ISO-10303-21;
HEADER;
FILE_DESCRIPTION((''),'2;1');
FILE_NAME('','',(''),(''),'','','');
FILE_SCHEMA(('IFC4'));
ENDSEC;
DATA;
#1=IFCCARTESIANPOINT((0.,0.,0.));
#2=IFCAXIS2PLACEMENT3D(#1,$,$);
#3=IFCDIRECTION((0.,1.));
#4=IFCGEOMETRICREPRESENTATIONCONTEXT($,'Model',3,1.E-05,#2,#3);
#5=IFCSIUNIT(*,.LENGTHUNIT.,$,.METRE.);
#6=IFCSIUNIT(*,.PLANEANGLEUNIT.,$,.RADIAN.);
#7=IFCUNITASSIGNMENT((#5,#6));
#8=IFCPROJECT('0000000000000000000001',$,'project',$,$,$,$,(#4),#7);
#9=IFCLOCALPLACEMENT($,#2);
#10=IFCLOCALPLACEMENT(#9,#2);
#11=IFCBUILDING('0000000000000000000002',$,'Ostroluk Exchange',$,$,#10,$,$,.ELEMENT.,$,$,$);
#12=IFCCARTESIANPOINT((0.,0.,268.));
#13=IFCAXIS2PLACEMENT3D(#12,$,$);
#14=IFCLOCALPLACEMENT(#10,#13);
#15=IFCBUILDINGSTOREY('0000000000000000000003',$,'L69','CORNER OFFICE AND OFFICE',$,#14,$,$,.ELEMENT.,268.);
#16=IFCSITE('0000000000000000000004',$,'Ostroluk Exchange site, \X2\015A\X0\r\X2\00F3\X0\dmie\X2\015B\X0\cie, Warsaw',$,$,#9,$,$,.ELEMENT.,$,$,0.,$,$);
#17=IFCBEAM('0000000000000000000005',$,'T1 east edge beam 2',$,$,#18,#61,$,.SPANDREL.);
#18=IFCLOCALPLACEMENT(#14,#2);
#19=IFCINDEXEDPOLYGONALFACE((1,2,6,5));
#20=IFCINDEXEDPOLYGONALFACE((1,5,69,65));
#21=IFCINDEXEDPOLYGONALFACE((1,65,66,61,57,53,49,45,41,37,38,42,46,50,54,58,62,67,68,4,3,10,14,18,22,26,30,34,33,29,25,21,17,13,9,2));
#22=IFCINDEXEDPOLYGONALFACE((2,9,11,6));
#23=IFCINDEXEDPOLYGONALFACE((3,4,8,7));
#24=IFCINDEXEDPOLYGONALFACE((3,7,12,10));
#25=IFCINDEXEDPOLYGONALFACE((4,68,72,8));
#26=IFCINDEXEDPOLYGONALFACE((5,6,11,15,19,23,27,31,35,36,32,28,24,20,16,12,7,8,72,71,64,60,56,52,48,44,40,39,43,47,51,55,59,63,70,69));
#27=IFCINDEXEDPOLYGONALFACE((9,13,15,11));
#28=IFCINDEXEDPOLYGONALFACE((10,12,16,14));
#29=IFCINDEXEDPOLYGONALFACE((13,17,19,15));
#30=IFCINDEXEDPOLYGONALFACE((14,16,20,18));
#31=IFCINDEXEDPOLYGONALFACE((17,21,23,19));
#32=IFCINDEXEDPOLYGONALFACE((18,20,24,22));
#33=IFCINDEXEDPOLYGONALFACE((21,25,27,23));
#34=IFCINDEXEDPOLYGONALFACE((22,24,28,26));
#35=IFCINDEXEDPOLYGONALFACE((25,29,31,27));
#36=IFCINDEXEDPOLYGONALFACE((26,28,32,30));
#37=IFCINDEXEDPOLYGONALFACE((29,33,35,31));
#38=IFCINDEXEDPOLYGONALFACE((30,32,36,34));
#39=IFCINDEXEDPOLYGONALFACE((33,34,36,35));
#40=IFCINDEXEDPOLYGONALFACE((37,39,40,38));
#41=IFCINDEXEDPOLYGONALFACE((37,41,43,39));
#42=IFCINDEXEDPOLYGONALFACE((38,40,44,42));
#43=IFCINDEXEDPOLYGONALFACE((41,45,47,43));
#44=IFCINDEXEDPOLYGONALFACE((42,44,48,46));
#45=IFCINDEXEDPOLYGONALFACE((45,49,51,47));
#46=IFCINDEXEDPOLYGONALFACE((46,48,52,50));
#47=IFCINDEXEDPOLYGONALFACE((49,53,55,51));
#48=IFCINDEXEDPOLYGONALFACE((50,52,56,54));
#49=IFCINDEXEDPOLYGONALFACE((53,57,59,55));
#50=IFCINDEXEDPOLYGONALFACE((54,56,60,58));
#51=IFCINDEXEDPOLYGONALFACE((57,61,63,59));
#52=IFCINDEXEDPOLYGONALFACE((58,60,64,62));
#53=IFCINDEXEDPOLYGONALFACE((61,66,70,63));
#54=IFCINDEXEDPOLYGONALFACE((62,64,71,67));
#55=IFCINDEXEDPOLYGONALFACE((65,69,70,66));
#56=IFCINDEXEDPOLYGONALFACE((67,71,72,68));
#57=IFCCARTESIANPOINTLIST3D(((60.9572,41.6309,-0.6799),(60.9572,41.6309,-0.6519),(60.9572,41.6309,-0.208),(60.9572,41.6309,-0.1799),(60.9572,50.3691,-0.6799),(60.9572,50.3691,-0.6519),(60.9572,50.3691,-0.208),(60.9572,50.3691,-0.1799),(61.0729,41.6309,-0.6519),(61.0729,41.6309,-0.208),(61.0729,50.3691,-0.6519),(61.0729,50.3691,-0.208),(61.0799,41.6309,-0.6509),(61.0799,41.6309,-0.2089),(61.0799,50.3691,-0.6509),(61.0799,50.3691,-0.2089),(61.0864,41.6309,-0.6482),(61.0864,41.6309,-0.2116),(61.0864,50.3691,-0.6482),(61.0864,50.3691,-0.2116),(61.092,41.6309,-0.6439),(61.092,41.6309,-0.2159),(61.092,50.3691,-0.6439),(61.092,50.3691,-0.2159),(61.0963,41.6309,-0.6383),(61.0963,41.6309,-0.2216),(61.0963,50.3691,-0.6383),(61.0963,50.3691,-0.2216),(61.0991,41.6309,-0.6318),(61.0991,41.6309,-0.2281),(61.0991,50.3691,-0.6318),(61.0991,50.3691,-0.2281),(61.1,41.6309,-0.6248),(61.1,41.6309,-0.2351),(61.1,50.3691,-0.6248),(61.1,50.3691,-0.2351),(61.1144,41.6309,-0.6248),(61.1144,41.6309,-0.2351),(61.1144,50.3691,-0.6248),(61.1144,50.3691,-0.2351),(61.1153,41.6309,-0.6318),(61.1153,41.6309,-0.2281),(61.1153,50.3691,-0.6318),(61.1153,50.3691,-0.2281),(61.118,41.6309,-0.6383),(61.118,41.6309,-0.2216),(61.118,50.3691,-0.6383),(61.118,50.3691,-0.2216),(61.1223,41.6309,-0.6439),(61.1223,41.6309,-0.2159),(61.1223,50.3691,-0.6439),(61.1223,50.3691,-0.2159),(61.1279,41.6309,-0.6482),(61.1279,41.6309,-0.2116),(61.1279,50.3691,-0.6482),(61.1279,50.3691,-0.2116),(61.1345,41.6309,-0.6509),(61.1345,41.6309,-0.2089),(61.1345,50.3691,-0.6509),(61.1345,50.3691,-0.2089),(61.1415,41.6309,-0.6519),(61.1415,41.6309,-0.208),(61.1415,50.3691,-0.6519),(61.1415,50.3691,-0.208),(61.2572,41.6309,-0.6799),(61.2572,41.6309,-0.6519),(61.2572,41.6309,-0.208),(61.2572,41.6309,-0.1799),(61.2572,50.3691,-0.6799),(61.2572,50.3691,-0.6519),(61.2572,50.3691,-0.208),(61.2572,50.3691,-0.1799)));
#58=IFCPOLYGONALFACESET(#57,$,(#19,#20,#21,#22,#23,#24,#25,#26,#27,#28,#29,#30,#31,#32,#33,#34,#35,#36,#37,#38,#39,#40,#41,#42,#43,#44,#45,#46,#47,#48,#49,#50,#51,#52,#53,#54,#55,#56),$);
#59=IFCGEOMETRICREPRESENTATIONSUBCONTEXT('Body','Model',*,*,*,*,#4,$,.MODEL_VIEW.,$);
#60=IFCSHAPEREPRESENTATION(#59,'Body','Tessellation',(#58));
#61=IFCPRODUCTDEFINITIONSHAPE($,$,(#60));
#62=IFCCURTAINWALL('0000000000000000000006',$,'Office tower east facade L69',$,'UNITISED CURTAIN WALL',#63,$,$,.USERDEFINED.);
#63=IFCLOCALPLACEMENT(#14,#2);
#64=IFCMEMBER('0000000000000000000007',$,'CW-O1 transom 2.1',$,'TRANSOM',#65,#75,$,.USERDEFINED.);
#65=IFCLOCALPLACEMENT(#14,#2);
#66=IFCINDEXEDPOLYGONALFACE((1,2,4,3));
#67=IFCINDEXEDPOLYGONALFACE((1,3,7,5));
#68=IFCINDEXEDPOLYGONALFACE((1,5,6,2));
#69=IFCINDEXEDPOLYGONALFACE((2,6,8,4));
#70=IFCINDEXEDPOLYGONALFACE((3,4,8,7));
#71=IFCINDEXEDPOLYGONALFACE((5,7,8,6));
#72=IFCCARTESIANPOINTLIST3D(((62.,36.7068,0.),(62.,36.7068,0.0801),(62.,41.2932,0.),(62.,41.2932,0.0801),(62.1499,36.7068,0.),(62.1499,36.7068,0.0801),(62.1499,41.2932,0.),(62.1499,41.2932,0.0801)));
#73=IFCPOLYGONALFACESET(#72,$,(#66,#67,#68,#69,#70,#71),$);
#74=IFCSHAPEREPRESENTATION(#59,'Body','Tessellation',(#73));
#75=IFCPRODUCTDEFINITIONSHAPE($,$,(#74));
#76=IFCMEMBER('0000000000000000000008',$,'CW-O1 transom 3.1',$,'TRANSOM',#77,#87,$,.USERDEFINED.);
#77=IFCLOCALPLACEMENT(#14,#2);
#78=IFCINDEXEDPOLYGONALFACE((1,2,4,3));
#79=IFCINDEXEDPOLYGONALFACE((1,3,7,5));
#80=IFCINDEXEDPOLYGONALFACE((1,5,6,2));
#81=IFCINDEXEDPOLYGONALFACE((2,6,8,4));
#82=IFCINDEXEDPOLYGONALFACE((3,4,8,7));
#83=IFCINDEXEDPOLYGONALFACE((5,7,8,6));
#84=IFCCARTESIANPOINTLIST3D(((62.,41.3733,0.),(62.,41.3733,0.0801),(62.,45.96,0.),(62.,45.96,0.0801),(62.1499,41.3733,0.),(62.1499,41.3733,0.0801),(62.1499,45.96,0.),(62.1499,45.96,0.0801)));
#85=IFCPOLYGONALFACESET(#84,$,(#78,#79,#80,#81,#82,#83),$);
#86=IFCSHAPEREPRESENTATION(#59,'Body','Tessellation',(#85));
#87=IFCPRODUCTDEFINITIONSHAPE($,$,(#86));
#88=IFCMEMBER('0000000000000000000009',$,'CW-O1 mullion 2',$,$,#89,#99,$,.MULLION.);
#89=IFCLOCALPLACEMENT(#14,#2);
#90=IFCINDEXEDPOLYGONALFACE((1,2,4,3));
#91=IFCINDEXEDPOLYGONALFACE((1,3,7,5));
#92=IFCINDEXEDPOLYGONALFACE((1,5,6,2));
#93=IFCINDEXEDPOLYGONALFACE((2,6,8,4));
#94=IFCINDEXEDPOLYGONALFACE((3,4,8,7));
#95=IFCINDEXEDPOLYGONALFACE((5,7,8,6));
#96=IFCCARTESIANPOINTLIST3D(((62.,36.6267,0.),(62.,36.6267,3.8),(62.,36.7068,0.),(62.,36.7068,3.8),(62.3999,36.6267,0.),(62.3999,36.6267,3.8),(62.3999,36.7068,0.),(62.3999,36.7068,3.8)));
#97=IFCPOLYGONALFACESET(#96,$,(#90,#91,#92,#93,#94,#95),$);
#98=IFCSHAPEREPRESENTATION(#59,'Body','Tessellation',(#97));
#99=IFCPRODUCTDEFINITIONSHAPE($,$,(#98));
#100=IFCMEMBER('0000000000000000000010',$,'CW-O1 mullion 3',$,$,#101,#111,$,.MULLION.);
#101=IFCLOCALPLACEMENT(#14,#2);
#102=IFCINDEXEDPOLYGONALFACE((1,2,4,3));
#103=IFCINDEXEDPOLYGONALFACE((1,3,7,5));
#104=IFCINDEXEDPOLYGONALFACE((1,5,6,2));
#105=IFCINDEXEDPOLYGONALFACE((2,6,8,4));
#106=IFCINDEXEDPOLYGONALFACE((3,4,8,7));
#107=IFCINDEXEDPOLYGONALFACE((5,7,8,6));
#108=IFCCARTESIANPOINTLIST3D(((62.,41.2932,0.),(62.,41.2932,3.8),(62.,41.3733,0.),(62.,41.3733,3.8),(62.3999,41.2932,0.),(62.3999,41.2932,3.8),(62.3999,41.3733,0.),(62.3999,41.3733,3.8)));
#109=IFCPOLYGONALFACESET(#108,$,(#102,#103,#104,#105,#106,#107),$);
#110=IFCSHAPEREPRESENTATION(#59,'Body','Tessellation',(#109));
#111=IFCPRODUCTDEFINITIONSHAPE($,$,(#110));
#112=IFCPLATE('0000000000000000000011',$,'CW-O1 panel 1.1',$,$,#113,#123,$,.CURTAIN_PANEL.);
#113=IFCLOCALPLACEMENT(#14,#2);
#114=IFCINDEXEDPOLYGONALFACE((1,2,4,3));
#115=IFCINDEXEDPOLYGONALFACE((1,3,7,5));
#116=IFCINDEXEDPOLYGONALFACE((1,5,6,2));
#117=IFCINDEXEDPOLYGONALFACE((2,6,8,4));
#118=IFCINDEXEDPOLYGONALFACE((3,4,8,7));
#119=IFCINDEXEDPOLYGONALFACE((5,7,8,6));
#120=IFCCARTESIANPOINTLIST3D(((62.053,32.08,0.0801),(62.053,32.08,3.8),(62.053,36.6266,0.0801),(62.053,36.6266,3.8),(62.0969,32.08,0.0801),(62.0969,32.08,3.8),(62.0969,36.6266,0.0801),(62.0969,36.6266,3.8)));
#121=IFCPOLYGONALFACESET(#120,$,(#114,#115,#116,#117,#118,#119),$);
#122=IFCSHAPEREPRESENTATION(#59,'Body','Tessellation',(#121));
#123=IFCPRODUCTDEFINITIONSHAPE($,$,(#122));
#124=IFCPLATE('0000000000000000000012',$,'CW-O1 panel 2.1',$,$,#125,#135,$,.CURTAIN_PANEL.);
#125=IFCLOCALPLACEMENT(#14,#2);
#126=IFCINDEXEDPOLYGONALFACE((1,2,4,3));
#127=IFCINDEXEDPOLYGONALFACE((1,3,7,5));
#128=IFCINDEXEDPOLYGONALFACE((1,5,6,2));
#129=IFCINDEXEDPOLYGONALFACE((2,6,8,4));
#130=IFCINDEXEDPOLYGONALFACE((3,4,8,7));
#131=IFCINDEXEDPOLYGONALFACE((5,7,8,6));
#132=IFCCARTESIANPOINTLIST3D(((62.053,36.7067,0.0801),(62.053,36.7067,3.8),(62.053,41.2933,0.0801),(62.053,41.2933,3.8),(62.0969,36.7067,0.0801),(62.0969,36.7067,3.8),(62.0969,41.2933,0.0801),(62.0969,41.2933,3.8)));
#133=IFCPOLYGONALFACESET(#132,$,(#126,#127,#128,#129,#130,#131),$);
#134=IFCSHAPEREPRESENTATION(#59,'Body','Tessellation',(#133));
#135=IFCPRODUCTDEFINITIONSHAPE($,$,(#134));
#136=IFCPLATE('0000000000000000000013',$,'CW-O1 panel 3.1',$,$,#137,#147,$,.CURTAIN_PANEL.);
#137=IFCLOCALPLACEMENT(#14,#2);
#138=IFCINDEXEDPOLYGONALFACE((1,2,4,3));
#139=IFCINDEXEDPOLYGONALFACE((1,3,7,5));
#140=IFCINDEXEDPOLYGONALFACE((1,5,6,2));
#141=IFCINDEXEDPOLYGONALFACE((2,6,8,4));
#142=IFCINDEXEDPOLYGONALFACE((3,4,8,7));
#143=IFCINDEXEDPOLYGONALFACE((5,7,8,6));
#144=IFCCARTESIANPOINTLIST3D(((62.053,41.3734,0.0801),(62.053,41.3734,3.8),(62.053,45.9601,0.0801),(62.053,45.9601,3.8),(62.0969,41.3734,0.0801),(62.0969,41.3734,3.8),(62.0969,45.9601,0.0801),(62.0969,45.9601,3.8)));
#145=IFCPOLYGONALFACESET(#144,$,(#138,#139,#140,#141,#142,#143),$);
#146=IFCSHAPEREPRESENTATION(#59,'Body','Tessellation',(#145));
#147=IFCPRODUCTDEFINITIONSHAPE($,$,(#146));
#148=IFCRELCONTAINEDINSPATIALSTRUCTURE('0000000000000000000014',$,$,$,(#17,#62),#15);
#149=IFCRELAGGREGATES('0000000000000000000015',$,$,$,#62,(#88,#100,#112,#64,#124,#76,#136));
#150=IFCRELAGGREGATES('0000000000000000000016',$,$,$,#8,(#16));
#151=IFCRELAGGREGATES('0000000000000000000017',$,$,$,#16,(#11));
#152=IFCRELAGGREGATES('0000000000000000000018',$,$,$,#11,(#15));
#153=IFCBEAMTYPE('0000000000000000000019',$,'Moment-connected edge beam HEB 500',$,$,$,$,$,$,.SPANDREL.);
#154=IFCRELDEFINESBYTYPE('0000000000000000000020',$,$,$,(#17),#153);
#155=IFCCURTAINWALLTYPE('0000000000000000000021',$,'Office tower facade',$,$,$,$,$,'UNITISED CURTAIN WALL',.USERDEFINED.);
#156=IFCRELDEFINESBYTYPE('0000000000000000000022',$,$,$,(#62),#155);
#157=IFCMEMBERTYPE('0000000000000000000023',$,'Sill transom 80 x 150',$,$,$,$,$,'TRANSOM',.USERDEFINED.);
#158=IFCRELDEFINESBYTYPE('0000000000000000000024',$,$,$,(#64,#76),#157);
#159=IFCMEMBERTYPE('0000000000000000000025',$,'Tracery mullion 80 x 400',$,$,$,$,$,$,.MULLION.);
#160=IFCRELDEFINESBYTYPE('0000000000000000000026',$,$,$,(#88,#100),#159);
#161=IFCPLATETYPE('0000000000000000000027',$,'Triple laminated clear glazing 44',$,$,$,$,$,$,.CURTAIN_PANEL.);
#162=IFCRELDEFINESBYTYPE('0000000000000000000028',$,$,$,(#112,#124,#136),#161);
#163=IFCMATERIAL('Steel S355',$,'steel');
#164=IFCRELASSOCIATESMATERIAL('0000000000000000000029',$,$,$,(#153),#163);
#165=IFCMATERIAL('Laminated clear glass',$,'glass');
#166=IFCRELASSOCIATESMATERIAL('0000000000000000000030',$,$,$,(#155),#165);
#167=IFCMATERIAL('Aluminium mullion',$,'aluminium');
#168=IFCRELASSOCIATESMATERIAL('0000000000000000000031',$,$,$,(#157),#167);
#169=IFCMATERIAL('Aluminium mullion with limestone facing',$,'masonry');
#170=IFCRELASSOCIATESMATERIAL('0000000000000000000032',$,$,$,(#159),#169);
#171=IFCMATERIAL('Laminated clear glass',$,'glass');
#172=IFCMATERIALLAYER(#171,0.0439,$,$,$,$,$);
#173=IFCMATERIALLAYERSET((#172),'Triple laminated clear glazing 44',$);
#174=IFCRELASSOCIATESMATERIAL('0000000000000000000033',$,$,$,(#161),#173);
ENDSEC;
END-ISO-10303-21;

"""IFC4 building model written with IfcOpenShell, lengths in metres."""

from ifc_helpers import new_model, si_unit, direction, frame, origin, origin_2d, place, context, subcontext, project, spatial, rectangle, i_section, extrude, material, layer, layer_set, material_profile, profile_set, type_object, element, aggregate, save


model = new_model("IFC4")

# Units and contexts
model_context = context("Model", 3, precision=1e-05, world=origin(), true_north=direction((0.0, 1.0)))
body_context = subcontext(model_context, "Body", "Model", "MODEL_VIEW")
ifc_project = project(units=[si_unit("LENGTHUNIT", "METRE"), si_unit("PLANEANGLEUNIT", "RADIAN")], contexts=[model_context])

# Site, building, storey
site_placement = place(None, origin())
site = spatial("IfcSite", under=ifc_project, at=site_placement, Name="Ostroluk Exchange site, Śródmieście, Warsaw", CompositionType="ELEMENT", RefElevation=0.0)
building_placement = place(site_placement, origin())
building = spatial("IfcBuilding", under=site, at=building_placement, Name="Ostroluk Exchange", CompositionType="ELEMENT")
storey_placement = place(building_placement, frame((0.0, 0.0, 268.0)))
storey = spatial("IfcBuildingStorey", under=building, at=storey_placement, Name="L69", Description="CORNER OFFICE AND OFFICE", CompositionType="ELEMENT", Elevation=268.0)

# Beam
ifc_material_1 = material(Name="Steel S355", Category="steel")
ifc_material_profile_1 = material_profile(ifc_material_1, i_section(OverallWidth=0.3, OverallDepth=0.5, WebThickness=0.0144, FlangeThickness=0.0281, FilletRadius=0.0271, at=origin_2d()), Name="HEB 500")
ifc_profile_set_1 = profile_set([ifc_material_profile_1], Name="Steel S355")
beam_type_1 = type_object("IfcBeamType", Name="Moment-connected edge beam HEB 500", PredefinedType="SPANDREL", material=ifc_profile_set_1)
beam_1_placement = place(storey_placement, frame((61.1072, 41.6309, -0.4299), z_axis=(0.0, 1.0, 0.0), x_axis=(-1.0, 0.0, 0.0)))
element("IfcBeam", 1, at=beam_1_placement, inside=storey, type_object=beam_type_1, Name="T1 east edge beam 2", PredefinedType="SPANDREL", context=body_context, shape_type="SweptSolid", body=[
    extrude(i_section(OverallWidth=0.3, OverallDepth=0.5, WebThickness=0.0144, FlangeThickness=0.0281, FilletRadius=0.0271, at=origin_2d()), origin(), (0.0, 0.0, 1.0), 8.7383),
])

# Curtain wall, members, plates
ifc_material_2 = material(Name="Laminated clear glass", Category="glass")
curtain_wall_type = type_object("IfcCurtainWallType", Name="Office tower facade", ElementType="UNITISED CURTAIN WALL", PredefinedType="USERDEFINED", material=ifc_material_2)
curtain_wall_placement = place(storey_placement, origin())
curtain_wall = element("IfcCurtainWall", 2, at=curtain_wall_placement, inside=storey, type_object=curtain_wall_type, Name="Office tower east facade L69", ObjectType="UNITISED CURTAIN WALL", PredefinedType="USERDEFINED")
ifc_material_3 = material(Name="Aluminium mullion", Category="aluminium")
ifc_material_profile_2 = material_profile(ifc_material_3, rectangle(XDim=0.1499, YDim=0.0801, at=origin_2d()), Name="Sill transom 80 x 150")
ifc_profile_set_2 = profile_set([ifc_material_profile_2], Name="Aluminium mullion")
member_type_1 = type_object("IfcMemberType", Name="Sill transom 80 x 150", ElementType="TRANSOM", PredefinedType="USERDEFINED", material=ifc_profile_set_2)
member_1_placement = place(storey_placement, frame((62.075, 36.7068, 0.04), z_axis=(0.0, 1.0, 0.0), x_axis=(-1.0, 0.0, 0.0)))
member_1 = element("IfcMember", 3, at=member_1_placement, type_object=member_type_1, Name="CW-O1 transom 2.1", ObjectType="TRANSOM", PredefinedType="USERDEFINED", context=body_context, shape_type="SweptSolid", body=[
    extrude(rectangle(XDim=0.1499, YDim=0.0801, at=origin_2d()), origin(), (0.0, 0.0, 1.0), 4.5864),
])
member_2_placement = place(storey_placement, frame((62.075, 41.3733, 0.04), z_axis=(0.0, 1.0, 0.0), x_axis=(-1.0, 0.0, 0.0)))
member_2 = element("IfcMember", 4, at=member_2_placement, type_object=member_type_1, Name="CW-O1 transom 3.1", ObjectType="TRANSOM", PredefinedType="USERDEFINED", context=body_context, shape_type="SweptSolid", body=[
    extrude(rectangle(XDim=0.1499, YDim=0.0801, at=origin_2d()), origin(), (0.0, 0.0, 1.0), 4.5867),
])
ifc_material_4 = material(Name="Aluminium mullion with limestone facing", Category="masonry")
ifc_material_profile_3 = material_profile(ifc_material_4, rectangle(XDim=0.3999, YDim=0.0801, at=origin_2d()), Name="Tracery mullion 80 x 400")
ifc_profile_set_3 = profile_set([ifc_material_profile_3], Name="Aluminium mullion with limestone facing")
member_type_2 = type_object("IfcMemberType", Name="Tracery mullion 80 x 400", PredefinedType="MULLION", material=ifc_profile_set_3)
member_3_placement = place(storey_placement, frame((62.2, 36.6667, 0.0), z_axis=(0.0, 0.0, 1.0), x_axis=(-1.0, 0.0, 0.0)))
member_3 = element("IfcMember", 5, at=member_3_placement, type_object=member_type_2, Name="CW-O1 mullion 2", PredefinedType="MULLION", context=body_context, shape_type="SweptSolid", body=[
    extrude(rectangle(XDim=0.3999, YDim=0.0801, at=origin_2d()), origin(), (0.0, 0.0, 1.0), 3.8),
])
member_4_placement = place(storey_placement, frame((62.2, 41.3333, 0.0), z_axis=(0.0, 0.0, 1.0), x_axis=(-1.0, 0.0, 0.0)))
member_4 = element("IfcMember", 6, at=member_4_placement, type_object=member_type_2, Name="CW-O1 mullion 3", PredefinedType="MULLION", context=body_context, shape_type="SweptSolid", body=[
    extrude(rectangle(XDim=0.3999, YDim=0.0801, at=origin_2d()), origin(), (0.0, 0.0, 1.0), 3.8),
])
ifc_material_5 = material(Name="Laminated clear glass", Category="glass")
ifc_layer_1 = layer(ifc_material_5, 0.0439)
ifc_layer_set_1 = layer_set([ifc_layer_1], Name="Triple laminated clear glazing 44")
plate_type = type_object("IfcPlateType", Name="Triple laminated clear glazing 44", PredefinedType="CURTAIN_PANEL", material=ifc_layer_set_1)
plate_1_placement = place(storey_placement, frame((62.075, 34.3533, 0.0801), z_axis=(0.0, 0.0, 1.0), x_axis=(0.0, 1.0, 0.0)))
plate_1 = element("IfcPlate", 7, at=plate_1_placement, type_object=plate_type, Name="CW-O1 panel 1.1", PredefinedType="CURTAIN_PANEL", context=body_context, shape_type="SweptSolid", body=[
    extrude(rectangle(XDim=4.5466, YDim=0.0439, at=origin_2d()), origin(), (0.0, 0.0, 1.0), 3.72),
])
plate_2_placement = place(storey_placement, frame((62.075, 39.0, 0.0801), z_axis=(0.0, 0.0, 1.0), x_axis=(0.0, 1.0, 0.0)))
plate_2 = element("IfcPlate", 8, at=plate_2_placement, type_object=plate_type, Name="CW-O1 panel 2.1", PredefinedType="CURTAIN_PANEL", context=body_context, shape_type="SweptSolid", body=[
    extrude(rectangle(XDim=4.5867, YDim=0.0439, at=origin_2d()), origin(), (0.0, 0.0, 1.0), 3.72),
])
plate_3_placement = place(storey_placement, frame((62.075, 43.6667, 0.0801), z_axis=(0.0, 0.0, 1.0), x_axis=(0.0, 1.0, 0.0)))
plate_3 = element("IfcPlate", 9, at=plate_3_placement, type_object=plate_type, Name="CW-O1 panel 3.1", PredefinedType="CURTAIN_PANEL", context=body_context, shape_type="SweptSolid", body=[
    extrude(rectangle(XDim=4.5867, YDim=0.0439, at=origin_2d()), origin(), (0.0, 0.0, 1.0), 3.72),
])
aggregate(curtain_wall, [member_3, member_4, plate_1, member_1, plate_2, member_2, plate_3])

save(model, "model.ifc")
